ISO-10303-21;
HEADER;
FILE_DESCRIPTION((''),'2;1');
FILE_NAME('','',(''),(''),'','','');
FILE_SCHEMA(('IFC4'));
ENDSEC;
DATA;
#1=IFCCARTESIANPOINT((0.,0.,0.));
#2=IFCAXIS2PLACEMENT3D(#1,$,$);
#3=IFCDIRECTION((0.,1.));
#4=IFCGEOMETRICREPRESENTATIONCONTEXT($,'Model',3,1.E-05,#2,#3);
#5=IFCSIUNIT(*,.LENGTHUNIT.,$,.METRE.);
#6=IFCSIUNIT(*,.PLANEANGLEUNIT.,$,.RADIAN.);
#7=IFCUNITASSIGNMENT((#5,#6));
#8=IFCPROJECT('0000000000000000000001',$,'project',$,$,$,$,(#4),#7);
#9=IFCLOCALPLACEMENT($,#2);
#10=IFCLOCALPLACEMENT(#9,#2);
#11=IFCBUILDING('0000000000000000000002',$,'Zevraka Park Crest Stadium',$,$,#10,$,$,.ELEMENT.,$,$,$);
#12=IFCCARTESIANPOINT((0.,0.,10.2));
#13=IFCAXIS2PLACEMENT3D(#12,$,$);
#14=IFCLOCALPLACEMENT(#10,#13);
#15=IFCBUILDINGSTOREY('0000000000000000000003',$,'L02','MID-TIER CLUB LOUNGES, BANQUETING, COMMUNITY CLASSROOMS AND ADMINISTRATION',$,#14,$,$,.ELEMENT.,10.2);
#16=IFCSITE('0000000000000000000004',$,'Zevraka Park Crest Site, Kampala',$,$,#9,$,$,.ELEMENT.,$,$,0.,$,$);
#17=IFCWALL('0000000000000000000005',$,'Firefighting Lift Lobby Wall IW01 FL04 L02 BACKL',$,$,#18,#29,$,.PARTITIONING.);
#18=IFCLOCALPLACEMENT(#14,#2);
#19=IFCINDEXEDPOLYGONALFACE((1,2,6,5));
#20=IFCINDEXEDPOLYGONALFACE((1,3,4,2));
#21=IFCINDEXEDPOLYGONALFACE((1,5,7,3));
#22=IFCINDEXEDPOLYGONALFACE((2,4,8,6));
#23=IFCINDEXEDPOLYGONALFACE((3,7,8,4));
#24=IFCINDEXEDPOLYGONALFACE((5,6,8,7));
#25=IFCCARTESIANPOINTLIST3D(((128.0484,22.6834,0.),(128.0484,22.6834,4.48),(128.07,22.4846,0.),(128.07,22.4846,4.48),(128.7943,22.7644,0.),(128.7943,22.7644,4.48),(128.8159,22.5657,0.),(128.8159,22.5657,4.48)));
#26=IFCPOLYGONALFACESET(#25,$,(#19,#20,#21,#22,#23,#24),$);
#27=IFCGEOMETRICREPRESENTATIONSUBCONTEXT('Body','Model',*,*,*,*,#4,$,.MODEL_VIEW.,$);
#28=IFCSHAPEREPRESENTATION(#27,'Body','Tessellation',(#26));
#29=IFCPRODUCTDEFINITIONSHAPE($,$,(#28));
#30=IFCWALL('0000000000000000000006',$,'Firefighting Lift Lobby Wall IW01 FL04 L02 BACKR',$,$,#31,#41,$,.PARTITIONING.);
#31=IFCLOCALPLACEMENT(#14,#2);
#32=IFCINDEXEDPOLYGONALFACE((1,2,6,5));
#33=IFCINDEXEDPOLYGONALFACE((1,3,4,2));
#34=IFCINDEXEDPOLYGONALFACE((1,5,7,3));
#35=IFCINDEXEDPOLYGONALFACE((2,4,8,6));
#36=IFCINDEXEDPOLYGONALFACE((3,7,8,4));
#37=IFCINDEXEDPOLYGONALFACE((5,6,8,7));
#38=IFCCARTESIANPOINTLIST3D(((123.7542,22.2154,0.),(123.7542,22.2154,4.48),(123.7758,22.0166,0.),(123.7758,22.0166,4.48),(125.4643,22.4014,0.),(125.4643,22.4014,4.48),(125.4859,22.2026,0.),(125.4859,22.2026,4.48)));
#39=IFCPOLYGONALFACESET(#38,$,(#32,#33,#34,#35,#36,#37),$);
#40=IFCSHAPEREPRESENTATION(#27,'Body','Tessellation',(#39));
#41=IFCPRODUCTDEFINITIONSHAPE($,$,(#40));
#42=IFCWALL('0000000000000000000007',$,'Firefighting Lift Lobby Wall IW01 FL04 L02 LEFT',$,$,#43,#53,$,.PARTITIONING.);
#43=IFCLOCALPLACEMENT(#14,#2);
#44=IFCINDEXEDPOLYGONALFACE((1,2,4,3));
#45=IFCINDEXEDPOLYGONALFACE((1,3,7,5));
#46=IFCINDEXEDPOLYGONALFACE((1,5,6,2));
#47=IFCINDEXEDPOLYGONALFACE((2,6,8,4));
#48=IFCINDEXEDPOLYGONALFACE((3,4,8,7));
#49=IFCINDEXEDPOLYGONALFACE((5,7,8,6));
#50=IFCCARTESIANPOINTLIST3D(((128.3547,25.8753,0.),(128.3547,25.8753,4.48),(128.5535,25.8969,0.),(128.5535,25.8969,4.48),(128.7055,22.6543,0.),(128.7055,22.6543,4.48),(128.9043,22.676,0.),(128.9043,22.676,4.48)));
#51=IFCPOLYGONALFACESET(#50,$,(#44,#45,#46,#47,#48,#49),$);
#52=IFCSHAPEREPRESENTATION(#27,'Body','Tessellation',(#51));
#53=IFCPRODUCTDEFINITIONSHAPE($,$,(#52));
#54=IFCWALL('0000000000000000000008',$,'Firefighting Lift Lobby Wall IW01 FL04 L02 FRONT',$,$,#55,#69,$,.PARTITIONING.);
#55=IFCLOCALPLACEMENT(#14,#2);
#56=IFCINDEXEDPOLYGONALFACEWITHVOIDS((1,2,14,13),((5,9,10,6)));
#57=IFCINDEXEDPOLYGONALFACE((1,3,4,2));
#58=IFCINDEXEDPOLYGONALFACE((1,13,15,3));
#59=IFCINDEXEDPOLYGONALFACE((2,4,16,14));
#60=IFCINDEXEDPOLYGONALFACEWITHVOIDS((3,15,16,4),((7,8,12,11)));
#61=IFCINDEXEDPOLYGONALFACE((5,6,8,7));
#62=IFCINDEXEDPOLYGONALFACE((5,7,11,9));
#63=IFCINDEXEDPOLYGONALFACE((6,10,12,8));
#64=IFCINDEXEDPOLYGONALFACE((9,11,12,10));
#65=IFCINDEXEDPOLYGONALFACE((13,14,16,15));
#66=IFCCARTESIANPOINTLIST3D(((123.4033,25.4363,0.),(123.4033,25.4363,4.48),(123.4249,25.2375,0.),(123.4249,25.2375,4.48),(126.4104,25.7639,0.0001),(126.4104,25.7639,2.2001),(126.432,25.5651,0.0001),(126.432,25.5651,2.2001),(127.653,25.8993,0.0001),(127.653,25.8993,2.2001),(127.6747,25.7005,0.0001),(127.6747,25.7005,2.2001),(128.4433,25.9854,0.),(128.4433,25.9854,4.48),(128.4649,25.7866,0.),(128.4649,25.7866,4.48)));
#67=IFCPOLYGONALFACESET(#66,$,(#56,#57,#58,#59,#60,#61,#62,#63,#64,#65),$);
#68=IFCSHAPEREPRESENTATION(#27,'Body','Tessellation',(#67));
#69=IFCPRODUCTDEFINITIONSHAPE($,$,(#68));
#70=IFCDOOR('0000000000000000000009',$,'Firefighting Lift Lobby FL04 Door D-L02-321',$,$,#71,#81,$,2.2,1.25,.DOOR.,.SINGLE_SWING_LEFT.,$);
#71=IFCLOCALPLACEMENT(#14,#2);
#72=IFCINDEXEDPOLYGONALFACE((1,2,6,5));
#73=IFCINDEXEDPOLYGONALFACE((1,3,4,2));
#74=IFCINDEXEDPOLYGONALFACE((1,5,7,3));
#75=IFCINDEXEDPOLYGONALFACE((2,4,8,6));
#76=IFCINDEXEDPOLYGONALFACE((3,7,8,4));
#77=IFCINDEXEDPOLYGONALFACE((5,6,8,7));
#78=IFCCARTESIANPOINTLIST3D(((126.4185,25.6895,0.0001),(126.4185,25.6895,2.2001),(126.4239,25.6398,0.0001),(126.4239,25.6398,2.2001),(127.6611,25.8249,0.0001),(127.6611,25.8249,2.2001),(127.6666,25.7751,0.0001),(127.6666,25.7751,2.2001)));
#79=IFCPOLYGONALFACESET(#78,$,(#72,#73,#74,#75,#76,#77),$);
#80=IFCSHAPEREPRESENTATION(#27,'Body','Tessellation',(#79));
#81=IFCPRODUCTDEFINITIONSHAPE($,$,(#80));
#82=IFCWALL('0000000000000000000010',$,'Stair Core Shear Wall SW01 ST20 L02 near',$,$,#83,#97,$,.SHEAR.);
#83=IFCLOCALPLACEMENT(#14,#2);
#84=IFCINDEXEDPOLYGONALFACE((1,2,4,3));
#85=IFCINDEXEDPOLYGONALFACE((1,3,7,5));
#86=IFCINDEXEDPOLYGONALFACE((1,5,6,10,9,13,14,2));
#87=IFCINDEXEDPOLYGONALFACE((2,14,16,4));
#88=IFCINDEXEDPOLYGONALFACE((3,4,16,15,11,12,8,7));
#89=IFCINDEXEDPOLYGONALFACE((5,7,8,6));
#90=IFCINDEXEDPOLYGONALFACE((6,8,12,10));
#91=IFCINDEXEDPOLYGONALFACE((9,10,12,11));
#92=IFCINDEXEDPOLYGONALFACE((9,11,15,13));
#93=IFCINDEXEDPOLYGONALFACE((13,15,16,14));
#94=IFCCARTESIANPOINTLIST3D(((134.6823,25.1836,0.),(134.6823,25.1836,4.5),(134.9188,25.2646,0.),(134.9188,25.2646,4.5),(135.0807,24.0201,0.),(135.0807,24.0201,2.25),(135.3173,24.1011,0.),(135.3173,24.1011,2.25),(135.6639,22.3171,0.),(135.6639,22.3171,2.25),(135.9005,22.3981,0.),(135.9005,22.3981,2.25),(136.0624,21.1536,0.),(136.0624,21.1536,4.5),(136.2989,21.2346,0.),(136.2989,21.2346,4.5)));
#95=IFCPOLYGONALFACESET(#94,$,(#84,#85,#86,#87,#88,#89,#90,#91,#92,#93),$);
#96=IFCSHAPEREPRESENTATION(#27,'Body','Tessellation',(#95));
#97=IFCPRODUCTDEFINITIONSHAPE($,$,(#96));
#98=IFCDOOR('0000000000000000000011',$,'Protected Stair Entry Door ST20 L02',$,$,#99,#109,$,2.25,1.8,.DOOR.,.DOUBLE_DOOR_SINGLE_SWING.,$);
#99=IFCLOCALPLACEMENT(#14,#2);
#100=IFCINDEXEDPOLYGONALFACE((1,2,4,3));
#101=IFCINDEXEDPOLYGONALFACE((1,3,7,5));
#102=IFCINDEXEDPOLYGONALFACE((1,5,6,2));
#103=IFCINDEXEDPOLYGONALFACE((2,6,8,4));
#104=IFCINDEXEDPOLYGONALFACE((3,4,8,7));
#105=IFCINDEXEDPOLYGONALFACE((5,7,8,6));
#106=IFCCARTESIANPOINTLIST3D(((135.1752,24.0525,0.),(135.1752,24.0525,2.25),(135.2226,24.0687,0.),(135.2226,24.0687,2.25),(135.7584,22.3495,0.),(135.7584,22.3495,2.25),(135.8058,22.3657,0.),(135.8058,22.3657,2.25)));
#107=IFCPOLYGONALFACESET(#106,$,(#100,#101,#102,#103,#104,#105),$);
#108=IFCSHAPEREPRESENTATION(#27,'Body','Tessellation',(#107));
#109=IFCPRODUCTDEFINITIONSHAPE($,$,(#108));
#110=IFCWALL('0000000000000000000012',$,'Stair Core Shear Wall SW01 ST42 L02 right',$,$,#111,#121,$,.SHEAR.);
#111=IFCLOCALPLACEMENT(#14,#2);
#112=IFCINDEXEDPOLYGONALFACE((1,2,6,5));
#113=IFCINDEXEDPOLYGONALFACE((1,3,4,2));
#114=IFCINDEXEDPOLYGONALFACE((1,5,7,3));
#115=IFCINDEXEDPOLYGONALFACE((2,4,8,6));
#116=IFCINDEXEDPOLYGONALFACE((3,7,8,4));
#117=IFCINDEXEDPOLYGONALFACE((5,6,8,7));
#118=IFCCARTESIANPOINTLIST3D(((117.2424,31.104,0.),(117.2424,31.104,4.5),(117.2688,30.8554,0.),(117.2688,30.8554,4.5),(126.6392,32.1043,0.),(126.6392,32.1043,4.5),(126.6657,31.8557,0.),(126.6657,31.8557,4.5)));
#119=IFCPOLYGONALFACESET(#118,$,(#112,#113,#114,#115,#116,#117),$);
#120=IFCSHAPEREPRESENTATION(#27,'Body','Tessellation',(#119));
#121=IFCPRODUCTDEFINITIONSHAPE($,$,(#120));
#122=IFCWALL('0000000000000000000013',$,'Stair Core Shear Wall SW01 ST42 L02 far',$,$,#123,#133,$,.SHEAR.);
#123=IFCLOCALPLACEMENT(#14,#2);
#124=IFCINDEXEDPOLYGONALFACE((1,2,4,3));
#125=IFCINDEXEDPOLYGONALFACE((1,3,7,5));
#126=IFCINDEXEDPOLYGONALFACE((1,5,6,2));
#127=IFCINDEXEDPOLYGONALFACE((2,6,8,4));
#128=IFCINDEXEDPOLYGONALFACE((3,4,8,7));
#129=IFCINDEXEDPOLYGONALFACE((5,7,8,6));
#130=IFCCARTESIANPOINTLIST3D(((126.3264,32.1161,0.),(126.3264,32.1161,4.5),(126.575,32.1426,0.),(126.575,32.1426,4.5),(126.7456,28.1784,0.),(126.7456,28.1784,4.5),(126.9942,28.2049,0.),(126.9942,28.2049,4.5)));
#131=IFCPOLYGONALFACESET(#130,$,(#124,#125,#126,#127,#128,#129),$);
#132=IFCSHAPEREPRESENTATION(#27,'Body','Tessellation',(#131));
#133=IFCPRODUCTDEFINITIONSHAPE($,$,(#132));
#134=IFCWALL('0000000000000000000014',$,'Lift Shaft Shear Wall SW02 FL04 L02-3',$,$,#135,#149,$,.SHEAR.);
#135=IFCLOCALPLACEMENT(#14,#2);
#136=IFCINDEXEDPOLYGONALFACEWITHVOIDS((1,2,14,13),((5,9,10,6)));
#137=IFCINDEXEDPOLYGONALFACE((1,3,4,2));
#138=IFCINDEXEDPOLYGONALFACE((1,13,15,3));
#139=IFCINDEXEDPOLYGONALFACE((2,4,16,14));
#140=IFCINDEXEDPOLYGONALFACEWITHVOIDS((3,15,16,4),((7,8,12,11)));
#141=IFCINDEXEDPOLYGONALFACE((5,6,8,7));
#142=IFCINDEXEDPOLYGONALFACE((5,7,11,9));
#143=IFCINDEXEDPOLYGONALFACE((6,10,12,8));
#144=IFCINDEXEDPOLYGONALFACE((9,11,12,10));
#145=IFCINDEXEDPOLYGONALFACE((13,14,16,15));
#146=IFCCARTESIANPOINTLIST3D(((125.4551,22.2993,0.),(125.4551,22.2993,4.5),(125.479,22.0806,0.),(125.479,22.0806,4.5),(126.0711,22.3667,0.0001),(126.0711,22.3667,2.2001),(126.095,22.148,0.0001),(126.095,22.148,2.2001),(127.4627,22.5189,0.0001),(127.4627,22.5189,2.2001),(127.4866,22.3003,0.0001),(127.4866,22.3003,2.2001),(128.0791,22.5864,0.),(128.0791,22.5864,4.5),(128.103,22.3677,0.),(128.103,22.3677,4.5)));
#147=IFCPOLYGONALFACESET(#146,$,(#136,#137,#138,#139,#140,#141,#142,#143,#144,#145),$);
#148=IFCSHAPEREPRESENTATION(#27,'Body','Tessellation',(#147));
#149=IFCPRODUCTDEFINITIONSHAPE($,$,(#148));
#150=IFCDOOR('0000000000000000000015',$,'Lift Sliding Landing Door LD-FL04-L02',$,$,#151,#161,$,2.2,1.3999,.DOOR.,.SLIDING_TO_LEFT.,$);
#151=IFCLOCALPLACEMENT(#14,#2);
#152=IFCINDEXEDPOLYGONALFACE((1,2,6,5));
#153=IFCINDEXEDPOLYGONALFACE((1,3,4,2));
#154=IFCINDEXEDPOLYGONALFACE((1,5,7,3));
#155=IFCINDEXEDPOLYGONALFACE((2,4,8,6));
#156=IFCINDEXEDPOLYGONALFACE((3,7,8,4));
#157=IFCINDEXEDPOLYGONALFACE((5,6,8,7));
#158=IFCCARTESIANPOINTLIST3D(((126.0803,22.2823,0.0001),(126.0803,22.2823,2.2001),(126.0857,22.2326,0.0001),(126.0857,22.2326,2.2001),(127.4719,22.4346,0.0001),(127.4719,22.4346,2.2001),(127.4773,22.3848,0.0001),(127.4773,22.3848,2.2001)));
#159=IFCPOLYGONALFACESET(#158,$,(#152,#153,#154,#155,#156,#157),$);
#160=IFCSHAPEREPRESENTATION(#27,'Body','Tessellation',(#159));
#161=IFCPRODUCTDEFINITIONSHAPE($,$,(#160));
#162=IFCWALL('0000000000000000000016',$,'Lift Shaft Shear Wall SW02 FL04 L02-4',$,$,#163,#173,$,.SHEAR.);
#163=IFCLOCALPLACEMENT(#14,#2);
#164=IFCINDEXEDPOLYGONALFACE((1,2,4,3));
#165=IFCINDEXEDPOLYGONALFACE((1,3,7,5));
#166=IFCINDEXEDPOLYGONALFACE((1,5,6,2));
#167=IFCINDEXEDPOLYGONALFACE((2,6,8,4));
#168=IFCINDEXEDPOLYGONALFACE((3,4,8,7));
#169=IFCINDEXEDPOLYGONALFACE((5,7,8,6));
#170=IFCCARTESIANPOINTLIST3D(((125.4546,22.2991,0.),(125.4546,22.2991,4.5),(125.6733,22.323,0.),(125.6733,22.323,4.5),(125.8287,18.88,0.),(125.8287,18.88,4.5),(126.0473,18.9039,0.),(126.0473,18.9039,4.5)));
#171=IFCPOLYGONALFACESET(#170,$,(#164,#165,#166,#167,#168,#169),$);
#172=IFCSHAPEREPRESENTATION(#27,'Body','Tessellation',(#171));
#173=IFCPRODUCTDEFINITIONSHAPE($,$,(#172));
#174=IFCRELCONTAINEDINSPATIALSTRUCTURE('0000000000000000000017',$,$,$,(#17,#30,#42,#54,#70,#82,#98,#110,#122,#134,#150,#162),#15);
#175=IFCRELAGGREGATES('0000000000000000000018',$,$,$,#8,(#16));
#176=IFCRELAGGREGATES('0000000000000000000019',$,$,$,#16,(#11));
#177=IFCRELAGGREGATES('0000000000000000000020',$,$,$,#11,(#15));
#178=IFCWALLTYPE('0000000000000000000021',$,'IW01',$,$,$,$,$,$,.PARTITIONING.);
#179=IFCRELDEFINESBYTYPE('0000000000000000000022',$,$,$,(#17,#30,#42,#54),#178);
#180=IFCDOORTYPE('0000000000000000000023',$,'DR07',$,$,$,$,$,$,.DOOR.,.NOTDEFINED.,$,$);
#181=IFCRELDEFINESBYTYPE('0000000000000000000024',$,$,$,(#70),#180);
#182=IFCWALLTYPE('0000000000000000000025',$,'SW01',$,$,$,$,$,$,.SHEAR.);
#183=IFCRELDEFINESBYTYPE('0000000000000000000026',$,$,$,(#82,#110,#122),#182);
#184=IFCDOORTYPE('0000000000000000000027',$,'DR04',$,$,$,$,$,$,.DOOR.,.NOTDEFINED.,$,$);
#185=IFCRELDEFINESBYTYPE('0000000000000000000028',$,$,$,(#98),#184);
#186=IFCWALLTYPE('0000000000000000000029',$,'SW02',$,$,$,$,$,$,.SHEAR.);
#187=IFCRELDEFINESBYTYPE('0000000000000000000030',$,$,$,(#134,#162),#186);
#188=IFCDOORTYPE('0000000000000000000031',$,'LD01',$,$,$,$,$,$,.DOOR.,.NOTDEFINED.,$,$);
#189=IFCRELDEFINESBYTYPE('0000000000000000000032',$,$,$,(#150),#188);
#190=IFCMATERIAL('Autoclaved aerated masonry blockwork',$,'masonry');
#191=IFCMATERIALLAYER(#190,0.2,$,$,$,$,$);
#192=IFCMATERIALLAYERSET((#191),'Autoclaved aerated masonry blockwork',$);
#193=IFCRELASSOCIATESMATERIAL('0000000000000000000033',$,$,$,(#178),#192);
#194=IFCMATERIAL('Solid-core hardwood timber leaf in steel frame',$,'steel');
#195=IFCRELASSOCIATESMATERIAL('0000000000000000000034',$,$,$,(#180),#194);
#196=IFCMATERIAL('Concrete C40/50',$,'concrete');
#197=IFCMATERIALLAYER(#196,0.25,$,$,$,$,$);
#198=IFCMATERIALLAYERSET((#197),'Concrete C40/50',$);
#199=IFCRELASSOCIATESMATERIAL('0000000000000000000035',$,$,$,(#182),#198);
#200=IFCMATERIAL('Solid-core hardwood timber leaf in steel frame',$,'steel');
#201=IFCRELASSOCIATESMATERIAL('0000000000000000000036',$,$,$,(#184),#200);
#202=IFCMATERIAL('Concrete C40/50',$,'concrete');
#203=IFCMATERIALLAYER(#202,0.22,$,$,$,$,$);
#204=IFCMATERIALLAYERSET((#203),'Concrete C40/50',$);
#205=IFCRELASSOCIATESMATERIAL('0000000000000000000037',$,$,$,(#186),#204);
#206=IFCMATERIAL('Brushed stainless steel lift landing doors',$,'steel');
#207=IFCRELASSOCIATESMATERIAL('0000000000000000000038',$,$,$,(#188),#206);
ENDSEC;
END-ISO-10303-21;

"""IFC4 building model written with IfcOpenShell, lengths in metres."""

from ifc_helpers import new_model, si_unit, direction, frame, frame_2d, origin, place, context, subcontext, project, spatial, rectangle, extrude, material, layer, layer_set, type_object, element, fill, save


model = new_model("IFC4")

# Units and contexts
model_context = context("Model", 3, precision=1e-05, world=origin(), true_north=direction((0.0, 1.0)))
body_context = subcontext(model_context, "Body", "Model", "MODEL_VIEW")
ifc_project = project(units=[si_unit("LENGTHUNIT", "METRE"), si_unit("PLANEANGLEUNIT", "RADIAN")], contexts=[model_context])

# Site, building, storey
site_placement = place(None, origin())
site = spatial("IfcSite", under=ifc_project, at=site_placement, Name="Zevraka Park Crest Site, Kampala", CompositionType="ELEMENT", RefElevation=0.0)
building_placement = place(site_placement, origin())
building = spatial("IfcBuilding", under=site, at=building_placement, Name="Zevraka Park Crest Stadium", CompositionType="ELEMENT")
storey_placement = place(building_placement, frame((0.0, 0.0, 10.2)))
storey = spatial("IfcBuildingStorey", under=building, at=storey_placement, Name="L02", Description="MID-TIER CLUB LOUNGES, BANQUETING, COMMUNITY CLASSROOMS AND ADMINISTRATION", CompositionType="ELEMENT", Elevation=10.2)

# Walls
ifc_material_1 = material(Name="Autoclaved aerated masonry blockwork", Category="masonry")
ifc_layer_1 = layer(ifc_material_1, 0.2)
ifc_layer_set_1 = layer_set([ifc_layer_1], Name="Autoclaved aerated masonry blockwork")
wall_type_1 = type_object("IfcWallType", Name="IW01", PredefinedType="PARTITIONING", material=ifc_layer_set_1)
wall_1_placement = place(storey_placement, frame((128.8049, 22.665, 0.0), z_axis=(0.0, 0.0, 1.0), x_axis=(-0.994147, -0.108038, 0.0)))
element("IfcWall", 1, at=wall_1_placement, inside=storey, type_object=wall_type_1, Name="Firefighting Lift Lobby Wall IW01 FL04 L02 BACKL", PredefinedType="PARTITIONING", context=body_context, shape_type="SweptSolid", body=[
    extrude(rectangle(XDim=0.7502, YDim=0.2, at=frame_2d((0.375, 0.0))), origin(), (0.0, 0.0, 1.0), 4.48),
])
wall_2_placement = place(storey_placement, frame((125.4751, 22.302, 0.0), z_axis=(0.0, 0.0, 1.0), x_axis=(-0.994136, -0.108142, 0.0)))
element("IfcWall", 2, at=wall_2_placement, inside=storey, type_object=wall_type_1, Name="Firefighting Lift Lobby Wall IW01 FL04 L02 BACKR", PredefinedType="PARTITIONING", context=body_context, shape_type="SweptSolid", body=[
    extrude(rectangle(XDim=1.7202, YDim=0.2, at=frame_2d((0.8601, 0.0))), origin(), (0.0, 0.0, 1.0), 4.48),
])
wall_3_placement = place(storey_placement, frame((128.8049, 22.665, 0.0), z_axis=(0.0, 0.0, 1.0), x_axis=(-0.108281, 0.99412, 0.0)))
element("IfcWall", 3, at=wall_3_placement, inside=storey, type_object=wall_type_1, Name="Firefighting Lift Lobby Wall IW01 FL04 L02 LEFT", PredefinedType="PARTITIONING", context=body_context, shape_type="SweptSolid", body=[
    extrude(rectangle(XDim=3.24, YDim=0.2, at=frame_2d((1.6201, 0.0))), origin(), (0.0, 0.0, 1.0), 4.48),
])

# Walls, openings, doors
wall_4_placement = place(storey_placement, frame((128.4541, 25.886, 0.0), z_axis=(0.0, 0.0, 1.0), x_axis=(-0.994118, -0.108301, 0.0)))
wall_4 = element("IfcWall", 4, at=wall_4_placement, inside=storey, type_object=wall_type_1, Name="Firefighting Lift Lobby Wall IW01 FL04 L02 FRONT", PredefinedType="PARTITIONING", context=body_context, shape_type="SweptSolid", body=[
    extrude(rectangle(XDim=5.0698, YDim=0.2, at=frame_2d((2.5349, 0.0))), origin(), (0.0, 0.0, 1.0), 4.48),
])
opening_1_placement = place(wall_4_placement, frame((0.7949, 0.0, 0.0)))
opening_1 = element("IfcOpeningElement", 5, at=opening_1_placement, cuts=wall_4, PredefinedType="OPENING", context=body_context, shape_type="SweptSolid", body=[
    extrude(rectangle(XDim=1.25, YDim=2.2, at=frame_2d((0.625, 1.1001))), frame((0.0, 0.1099, 0.0), z_axis=(0.0, -1.0, 0.0), x_axis=(1.0, 0.0, 0.0)), (0.0, 0.0, 1.0), 0.22),
])
ifc_material_2 = material(Name="Solid-core hardwood timber leaf in steel frame", Category="steel")
door_type_1 = type_object("IfcDoorType", Name="DR07", OperationType="NOTDEFINED", PredefinedType="DOOR", material=ifc_material_2)
door_1_placement = place(opening_1_placement, origin())
door_1 = element("IfcDoor", 6, at=door_1_placement, inside=storey, type_object=door_type_1, Name="Firefighting Lift Lobby FL04 Door D-L02-321", OperationType="SINGLE_SWING_LEFT", OverallHeight=2.2, OverallWidth=1.25, PredefinedType="DOOR", context=body_context, shape_type="SweptSolid", body=[
    extrude(rectangle(XDim=1.25, YDim=2.2, at=frame_2d((0.625, 1.1001))), frame((0.0, 0.0249, 0.0), z_axis=(0.0, -1.0, 0.0), x_axis=(1.0, 0.0, 0.0)), (0.0, 0.0, 1.0), 0.05),
])
fill(opening_1, door_1)
ifc_material_3 = material(Name="Concrete C40/50", Category="concrete")
ifc_layer_2 = layer(ifc_material_3, 0.25)
ifc_layer_set_2 = layer_set([ifc_layer_2], Name="Concrete C40/50")
wall_type_2 = type_object("IfcWallType", Name="SW01", PredefinedType="SHEAR", material=ifc_layer_set_2)
wall_5_placement = place(storey_placement, frame((134.8005, 25.2241, 0.0), z_axis=(0.0, 0.0, 1.0), x_axis=(0.323989, -0.946061, 0.0)))
wall_5 = element("IfcWall", 7, at=wall_5_placement, inside=storey, type_object=wall_type_2, Name="Stair Core Shear Wall SW01 ST20 L02 near", PredefinedType="SHEAR", context=body_context, shape_type="SweptSolid", body=[
    extrude(rectangle(XDim=4.2598, YDim=0.25, at=frame_2d((2.1299, 0.0))), origin(), (0.0, 0.0, 1.0), 4.5),
])
opening_2_placement = place(wall_5_placement, frame((1.23, 0.0, 0.0)))
opening_2 = element("IfcOpeningElement", 8, at=opening_2_placement, cuts=wall_5, PredefinedType="OPENING", context=body_context, shape_type="SweptSolid", body=[
    extrude(rectangle(XDim=1.8, YDim=2.25, at=frame_2d((0.8999, 1.125))), frame((0.0, 0.135, 0.0), z_axis=(0.0, -1.0, 0.0), x_axis=(1.0, 0.0, 0.0)), (0.0, 0.0, 1.0), 0.27),
])
ifc_material_4 = material(Name="Solid-core hardwood timber leaf in steel frame", Category="steel")
door_type_2 = type_object("IfcDoorType", Name="DR04", OperationType="NOTDEFINED", PredefinedType="DOOR", material=ifc_material_4)
door_2_placement = place(opening_2_placement, origin())
door_2 = element("IfcDoor", 9, at=door_2_placement, inside=storey, type_object=door_type_2, Name="Protected Stair Entry Door ST20 L02", OperationType="DOUBLE_DOOR_SINGLE_SWING", OverallHeight=2.25, OverallWidth=1.8, PredefinedType="DOOR", context=body_context, shape_type="SweptSolid", body=[
    extrude(rectangle(XDim=1.8, YDim=2.25, at=frame_2d((0.8999, 1.125))), frame((0.0, 0.0249, 0.0), z_axis=(0.0, -1.0, 0.0), x_axis=(1.0, 0.0, 0.0)), (0.0, 0.0, 1.0), 0.05),
])
fill(opening_2, door_2)

# Walls
wall_6_placement = place(storey_placement, frame((126.6526, 31.98, 0.0), z_axis=(0.0, 0.0, 1.0), x_axis=(-0.994383, -0.105845, 0.0)))
element("IfcWall", 10, at=wall_6_placement, inside=storey, type_object=wall_type_2, Name="Stair Core Shear Wall SW01 ST42 L02 right", PredefinedType="SHEAR", context=body_context, shape_type="SweptSolid", body=[
    extrude(rectangle(XDim=9.45, YDim=0.25, at=frame_2d((4.7251, 0.0))), origin(), (0.0, 0.0, 1.0), 4.5),
])
wall_7_placement = place(storey_placement, frame((126.8699, 28.1917, 0.0), z_axis=(0.0, 0.0, 1.0), x_axis=(-0.105856, 0.994381, 0.0)))
element("IfcWall", 11, at=wall_7_placement, inside=storey, type_object=wall_type_2, Name="Stair Core Shear Wall SW01 ST42 L02 far", PredefinedType="SHEAR", context=body_context, shape_type="SweptSolid", body=[
    extrude(rectangle(XDim=3.96, YDim=0.25, at=frame_2d((1.98, 0.0))), origin(), (0.0, 0.0, 1.0), 4.5),
])

# Wall, opening, door
ifc_material_5 = material(Name="Concrete C40/50", Category="concrete")
ifc_layer_3 = layer(ifc_material_5, 0.22)
ifc_layer_set_3 = layer_set([ifc_layer_3], Name="Concrete C40/50")
wall_type_3 = type_object("IfcWallType", Name="SW02", PredefinedType="SHEAR", material=ifc_layer_set_3)
wall_8_placement = place(storey_placement, frame((128.0911, 22.4771, 0.0), z_axis=(0.0, 0.0, 1.0), x_axis=(-0.994067, -0.108767, 0.0)))
wall_8 = element("IfcWall", 12, at=wall_8_placement, inside=storey, type_object=wall_type_3, Name="Lift Shaft Shear Wall SW02 FL04 L02-3", PredefinedType="SHEAR", context=body_context, shape_type="SweptSolid", body=[
    extrude(rectangle(XDim=2.6396, YDim=0.22, at=frame_2d((1.3198, 0.0))), origin(), (0.0, 0.0, 1.0), 4.5),
])
opening_3_placement = place(wall_8_placement, frame((0.6201, 0.0, 0.0)))
opening_3 = element("IfcOpeningElement", 13, at=opening_3_placement, cuts=wall_8, PredefinedType="OPENING", context=body_context, shape_type="SweptSolid", body=[
    extrude(rectangle(XDim=1.3999, YDim=2.2, at=frame_2d((0.7, 1.1001))), frame((0.0, 0.1199, 0.0), z_axis=(0.0, -1.0, 0.0), x_axis=(1.0, 0.0, 0.0)), (0.0, 0.0, 1.0), 0.24),
])
ifc_material_6 = material(Name="Brushed stainless steel lift landing doors", Category="steel")
door_type_3 = type_object("IfcDoorType", Name="LD01", OperationType="NOTDEFINED", PredefinedType="DOOR", material=ifc_material_6)
door_3_placement = place(opening_3_placement, origin())
door_3 = element("IfcDoor", 14, at=door_3_placement, inside=storey, type_object=door_type_3, Name="Lift Sliding Landing Door LD-FL04-L02", OperationType="SLIDING_TO_LEFT", OverallHeight=2.2, OverallWidth=1.3999, PredefinedType="DOOR", context=body_context, shape_type="SweptSolid", body=[
    extrude(rectangle(XDim=1.3999, YDim=2.2, at=frame_2d((0.7, 1.1001))), frame((0.0, 0.0249, 0.0), z_axis=(0.0, -1.0, 0.0), x_axis=(1.0, 0.0, 0.0)), (0.0, 0.0, 1.0), 0.05),
])
fill(opening_3, door_3)

# Wall
wall_9_placement = place(storey_placement, frame((125.564, 22.311, 0.0), z_axis=(0.0, 0.0, 1.0), x_axis=(0.108749, -0.994069, 0.0)))
element("IfcWall", 15, at=wall_9_placement, inside=storey, type_object=wall_type_3, Name="Lift Shaft Shear Wall SW02 FL04 L02-4", PredefinedType="SHEAR", context=body_context, shape_type="SweptSolid", body=[
    extrude(rectangle(XDim=3.4395, YDim=0.22, at=frame_2d((1.7197, 0.0))), origin(), (0.0, 0.0, 1.0), 4.5),
])

save(model, "model.ifc")
